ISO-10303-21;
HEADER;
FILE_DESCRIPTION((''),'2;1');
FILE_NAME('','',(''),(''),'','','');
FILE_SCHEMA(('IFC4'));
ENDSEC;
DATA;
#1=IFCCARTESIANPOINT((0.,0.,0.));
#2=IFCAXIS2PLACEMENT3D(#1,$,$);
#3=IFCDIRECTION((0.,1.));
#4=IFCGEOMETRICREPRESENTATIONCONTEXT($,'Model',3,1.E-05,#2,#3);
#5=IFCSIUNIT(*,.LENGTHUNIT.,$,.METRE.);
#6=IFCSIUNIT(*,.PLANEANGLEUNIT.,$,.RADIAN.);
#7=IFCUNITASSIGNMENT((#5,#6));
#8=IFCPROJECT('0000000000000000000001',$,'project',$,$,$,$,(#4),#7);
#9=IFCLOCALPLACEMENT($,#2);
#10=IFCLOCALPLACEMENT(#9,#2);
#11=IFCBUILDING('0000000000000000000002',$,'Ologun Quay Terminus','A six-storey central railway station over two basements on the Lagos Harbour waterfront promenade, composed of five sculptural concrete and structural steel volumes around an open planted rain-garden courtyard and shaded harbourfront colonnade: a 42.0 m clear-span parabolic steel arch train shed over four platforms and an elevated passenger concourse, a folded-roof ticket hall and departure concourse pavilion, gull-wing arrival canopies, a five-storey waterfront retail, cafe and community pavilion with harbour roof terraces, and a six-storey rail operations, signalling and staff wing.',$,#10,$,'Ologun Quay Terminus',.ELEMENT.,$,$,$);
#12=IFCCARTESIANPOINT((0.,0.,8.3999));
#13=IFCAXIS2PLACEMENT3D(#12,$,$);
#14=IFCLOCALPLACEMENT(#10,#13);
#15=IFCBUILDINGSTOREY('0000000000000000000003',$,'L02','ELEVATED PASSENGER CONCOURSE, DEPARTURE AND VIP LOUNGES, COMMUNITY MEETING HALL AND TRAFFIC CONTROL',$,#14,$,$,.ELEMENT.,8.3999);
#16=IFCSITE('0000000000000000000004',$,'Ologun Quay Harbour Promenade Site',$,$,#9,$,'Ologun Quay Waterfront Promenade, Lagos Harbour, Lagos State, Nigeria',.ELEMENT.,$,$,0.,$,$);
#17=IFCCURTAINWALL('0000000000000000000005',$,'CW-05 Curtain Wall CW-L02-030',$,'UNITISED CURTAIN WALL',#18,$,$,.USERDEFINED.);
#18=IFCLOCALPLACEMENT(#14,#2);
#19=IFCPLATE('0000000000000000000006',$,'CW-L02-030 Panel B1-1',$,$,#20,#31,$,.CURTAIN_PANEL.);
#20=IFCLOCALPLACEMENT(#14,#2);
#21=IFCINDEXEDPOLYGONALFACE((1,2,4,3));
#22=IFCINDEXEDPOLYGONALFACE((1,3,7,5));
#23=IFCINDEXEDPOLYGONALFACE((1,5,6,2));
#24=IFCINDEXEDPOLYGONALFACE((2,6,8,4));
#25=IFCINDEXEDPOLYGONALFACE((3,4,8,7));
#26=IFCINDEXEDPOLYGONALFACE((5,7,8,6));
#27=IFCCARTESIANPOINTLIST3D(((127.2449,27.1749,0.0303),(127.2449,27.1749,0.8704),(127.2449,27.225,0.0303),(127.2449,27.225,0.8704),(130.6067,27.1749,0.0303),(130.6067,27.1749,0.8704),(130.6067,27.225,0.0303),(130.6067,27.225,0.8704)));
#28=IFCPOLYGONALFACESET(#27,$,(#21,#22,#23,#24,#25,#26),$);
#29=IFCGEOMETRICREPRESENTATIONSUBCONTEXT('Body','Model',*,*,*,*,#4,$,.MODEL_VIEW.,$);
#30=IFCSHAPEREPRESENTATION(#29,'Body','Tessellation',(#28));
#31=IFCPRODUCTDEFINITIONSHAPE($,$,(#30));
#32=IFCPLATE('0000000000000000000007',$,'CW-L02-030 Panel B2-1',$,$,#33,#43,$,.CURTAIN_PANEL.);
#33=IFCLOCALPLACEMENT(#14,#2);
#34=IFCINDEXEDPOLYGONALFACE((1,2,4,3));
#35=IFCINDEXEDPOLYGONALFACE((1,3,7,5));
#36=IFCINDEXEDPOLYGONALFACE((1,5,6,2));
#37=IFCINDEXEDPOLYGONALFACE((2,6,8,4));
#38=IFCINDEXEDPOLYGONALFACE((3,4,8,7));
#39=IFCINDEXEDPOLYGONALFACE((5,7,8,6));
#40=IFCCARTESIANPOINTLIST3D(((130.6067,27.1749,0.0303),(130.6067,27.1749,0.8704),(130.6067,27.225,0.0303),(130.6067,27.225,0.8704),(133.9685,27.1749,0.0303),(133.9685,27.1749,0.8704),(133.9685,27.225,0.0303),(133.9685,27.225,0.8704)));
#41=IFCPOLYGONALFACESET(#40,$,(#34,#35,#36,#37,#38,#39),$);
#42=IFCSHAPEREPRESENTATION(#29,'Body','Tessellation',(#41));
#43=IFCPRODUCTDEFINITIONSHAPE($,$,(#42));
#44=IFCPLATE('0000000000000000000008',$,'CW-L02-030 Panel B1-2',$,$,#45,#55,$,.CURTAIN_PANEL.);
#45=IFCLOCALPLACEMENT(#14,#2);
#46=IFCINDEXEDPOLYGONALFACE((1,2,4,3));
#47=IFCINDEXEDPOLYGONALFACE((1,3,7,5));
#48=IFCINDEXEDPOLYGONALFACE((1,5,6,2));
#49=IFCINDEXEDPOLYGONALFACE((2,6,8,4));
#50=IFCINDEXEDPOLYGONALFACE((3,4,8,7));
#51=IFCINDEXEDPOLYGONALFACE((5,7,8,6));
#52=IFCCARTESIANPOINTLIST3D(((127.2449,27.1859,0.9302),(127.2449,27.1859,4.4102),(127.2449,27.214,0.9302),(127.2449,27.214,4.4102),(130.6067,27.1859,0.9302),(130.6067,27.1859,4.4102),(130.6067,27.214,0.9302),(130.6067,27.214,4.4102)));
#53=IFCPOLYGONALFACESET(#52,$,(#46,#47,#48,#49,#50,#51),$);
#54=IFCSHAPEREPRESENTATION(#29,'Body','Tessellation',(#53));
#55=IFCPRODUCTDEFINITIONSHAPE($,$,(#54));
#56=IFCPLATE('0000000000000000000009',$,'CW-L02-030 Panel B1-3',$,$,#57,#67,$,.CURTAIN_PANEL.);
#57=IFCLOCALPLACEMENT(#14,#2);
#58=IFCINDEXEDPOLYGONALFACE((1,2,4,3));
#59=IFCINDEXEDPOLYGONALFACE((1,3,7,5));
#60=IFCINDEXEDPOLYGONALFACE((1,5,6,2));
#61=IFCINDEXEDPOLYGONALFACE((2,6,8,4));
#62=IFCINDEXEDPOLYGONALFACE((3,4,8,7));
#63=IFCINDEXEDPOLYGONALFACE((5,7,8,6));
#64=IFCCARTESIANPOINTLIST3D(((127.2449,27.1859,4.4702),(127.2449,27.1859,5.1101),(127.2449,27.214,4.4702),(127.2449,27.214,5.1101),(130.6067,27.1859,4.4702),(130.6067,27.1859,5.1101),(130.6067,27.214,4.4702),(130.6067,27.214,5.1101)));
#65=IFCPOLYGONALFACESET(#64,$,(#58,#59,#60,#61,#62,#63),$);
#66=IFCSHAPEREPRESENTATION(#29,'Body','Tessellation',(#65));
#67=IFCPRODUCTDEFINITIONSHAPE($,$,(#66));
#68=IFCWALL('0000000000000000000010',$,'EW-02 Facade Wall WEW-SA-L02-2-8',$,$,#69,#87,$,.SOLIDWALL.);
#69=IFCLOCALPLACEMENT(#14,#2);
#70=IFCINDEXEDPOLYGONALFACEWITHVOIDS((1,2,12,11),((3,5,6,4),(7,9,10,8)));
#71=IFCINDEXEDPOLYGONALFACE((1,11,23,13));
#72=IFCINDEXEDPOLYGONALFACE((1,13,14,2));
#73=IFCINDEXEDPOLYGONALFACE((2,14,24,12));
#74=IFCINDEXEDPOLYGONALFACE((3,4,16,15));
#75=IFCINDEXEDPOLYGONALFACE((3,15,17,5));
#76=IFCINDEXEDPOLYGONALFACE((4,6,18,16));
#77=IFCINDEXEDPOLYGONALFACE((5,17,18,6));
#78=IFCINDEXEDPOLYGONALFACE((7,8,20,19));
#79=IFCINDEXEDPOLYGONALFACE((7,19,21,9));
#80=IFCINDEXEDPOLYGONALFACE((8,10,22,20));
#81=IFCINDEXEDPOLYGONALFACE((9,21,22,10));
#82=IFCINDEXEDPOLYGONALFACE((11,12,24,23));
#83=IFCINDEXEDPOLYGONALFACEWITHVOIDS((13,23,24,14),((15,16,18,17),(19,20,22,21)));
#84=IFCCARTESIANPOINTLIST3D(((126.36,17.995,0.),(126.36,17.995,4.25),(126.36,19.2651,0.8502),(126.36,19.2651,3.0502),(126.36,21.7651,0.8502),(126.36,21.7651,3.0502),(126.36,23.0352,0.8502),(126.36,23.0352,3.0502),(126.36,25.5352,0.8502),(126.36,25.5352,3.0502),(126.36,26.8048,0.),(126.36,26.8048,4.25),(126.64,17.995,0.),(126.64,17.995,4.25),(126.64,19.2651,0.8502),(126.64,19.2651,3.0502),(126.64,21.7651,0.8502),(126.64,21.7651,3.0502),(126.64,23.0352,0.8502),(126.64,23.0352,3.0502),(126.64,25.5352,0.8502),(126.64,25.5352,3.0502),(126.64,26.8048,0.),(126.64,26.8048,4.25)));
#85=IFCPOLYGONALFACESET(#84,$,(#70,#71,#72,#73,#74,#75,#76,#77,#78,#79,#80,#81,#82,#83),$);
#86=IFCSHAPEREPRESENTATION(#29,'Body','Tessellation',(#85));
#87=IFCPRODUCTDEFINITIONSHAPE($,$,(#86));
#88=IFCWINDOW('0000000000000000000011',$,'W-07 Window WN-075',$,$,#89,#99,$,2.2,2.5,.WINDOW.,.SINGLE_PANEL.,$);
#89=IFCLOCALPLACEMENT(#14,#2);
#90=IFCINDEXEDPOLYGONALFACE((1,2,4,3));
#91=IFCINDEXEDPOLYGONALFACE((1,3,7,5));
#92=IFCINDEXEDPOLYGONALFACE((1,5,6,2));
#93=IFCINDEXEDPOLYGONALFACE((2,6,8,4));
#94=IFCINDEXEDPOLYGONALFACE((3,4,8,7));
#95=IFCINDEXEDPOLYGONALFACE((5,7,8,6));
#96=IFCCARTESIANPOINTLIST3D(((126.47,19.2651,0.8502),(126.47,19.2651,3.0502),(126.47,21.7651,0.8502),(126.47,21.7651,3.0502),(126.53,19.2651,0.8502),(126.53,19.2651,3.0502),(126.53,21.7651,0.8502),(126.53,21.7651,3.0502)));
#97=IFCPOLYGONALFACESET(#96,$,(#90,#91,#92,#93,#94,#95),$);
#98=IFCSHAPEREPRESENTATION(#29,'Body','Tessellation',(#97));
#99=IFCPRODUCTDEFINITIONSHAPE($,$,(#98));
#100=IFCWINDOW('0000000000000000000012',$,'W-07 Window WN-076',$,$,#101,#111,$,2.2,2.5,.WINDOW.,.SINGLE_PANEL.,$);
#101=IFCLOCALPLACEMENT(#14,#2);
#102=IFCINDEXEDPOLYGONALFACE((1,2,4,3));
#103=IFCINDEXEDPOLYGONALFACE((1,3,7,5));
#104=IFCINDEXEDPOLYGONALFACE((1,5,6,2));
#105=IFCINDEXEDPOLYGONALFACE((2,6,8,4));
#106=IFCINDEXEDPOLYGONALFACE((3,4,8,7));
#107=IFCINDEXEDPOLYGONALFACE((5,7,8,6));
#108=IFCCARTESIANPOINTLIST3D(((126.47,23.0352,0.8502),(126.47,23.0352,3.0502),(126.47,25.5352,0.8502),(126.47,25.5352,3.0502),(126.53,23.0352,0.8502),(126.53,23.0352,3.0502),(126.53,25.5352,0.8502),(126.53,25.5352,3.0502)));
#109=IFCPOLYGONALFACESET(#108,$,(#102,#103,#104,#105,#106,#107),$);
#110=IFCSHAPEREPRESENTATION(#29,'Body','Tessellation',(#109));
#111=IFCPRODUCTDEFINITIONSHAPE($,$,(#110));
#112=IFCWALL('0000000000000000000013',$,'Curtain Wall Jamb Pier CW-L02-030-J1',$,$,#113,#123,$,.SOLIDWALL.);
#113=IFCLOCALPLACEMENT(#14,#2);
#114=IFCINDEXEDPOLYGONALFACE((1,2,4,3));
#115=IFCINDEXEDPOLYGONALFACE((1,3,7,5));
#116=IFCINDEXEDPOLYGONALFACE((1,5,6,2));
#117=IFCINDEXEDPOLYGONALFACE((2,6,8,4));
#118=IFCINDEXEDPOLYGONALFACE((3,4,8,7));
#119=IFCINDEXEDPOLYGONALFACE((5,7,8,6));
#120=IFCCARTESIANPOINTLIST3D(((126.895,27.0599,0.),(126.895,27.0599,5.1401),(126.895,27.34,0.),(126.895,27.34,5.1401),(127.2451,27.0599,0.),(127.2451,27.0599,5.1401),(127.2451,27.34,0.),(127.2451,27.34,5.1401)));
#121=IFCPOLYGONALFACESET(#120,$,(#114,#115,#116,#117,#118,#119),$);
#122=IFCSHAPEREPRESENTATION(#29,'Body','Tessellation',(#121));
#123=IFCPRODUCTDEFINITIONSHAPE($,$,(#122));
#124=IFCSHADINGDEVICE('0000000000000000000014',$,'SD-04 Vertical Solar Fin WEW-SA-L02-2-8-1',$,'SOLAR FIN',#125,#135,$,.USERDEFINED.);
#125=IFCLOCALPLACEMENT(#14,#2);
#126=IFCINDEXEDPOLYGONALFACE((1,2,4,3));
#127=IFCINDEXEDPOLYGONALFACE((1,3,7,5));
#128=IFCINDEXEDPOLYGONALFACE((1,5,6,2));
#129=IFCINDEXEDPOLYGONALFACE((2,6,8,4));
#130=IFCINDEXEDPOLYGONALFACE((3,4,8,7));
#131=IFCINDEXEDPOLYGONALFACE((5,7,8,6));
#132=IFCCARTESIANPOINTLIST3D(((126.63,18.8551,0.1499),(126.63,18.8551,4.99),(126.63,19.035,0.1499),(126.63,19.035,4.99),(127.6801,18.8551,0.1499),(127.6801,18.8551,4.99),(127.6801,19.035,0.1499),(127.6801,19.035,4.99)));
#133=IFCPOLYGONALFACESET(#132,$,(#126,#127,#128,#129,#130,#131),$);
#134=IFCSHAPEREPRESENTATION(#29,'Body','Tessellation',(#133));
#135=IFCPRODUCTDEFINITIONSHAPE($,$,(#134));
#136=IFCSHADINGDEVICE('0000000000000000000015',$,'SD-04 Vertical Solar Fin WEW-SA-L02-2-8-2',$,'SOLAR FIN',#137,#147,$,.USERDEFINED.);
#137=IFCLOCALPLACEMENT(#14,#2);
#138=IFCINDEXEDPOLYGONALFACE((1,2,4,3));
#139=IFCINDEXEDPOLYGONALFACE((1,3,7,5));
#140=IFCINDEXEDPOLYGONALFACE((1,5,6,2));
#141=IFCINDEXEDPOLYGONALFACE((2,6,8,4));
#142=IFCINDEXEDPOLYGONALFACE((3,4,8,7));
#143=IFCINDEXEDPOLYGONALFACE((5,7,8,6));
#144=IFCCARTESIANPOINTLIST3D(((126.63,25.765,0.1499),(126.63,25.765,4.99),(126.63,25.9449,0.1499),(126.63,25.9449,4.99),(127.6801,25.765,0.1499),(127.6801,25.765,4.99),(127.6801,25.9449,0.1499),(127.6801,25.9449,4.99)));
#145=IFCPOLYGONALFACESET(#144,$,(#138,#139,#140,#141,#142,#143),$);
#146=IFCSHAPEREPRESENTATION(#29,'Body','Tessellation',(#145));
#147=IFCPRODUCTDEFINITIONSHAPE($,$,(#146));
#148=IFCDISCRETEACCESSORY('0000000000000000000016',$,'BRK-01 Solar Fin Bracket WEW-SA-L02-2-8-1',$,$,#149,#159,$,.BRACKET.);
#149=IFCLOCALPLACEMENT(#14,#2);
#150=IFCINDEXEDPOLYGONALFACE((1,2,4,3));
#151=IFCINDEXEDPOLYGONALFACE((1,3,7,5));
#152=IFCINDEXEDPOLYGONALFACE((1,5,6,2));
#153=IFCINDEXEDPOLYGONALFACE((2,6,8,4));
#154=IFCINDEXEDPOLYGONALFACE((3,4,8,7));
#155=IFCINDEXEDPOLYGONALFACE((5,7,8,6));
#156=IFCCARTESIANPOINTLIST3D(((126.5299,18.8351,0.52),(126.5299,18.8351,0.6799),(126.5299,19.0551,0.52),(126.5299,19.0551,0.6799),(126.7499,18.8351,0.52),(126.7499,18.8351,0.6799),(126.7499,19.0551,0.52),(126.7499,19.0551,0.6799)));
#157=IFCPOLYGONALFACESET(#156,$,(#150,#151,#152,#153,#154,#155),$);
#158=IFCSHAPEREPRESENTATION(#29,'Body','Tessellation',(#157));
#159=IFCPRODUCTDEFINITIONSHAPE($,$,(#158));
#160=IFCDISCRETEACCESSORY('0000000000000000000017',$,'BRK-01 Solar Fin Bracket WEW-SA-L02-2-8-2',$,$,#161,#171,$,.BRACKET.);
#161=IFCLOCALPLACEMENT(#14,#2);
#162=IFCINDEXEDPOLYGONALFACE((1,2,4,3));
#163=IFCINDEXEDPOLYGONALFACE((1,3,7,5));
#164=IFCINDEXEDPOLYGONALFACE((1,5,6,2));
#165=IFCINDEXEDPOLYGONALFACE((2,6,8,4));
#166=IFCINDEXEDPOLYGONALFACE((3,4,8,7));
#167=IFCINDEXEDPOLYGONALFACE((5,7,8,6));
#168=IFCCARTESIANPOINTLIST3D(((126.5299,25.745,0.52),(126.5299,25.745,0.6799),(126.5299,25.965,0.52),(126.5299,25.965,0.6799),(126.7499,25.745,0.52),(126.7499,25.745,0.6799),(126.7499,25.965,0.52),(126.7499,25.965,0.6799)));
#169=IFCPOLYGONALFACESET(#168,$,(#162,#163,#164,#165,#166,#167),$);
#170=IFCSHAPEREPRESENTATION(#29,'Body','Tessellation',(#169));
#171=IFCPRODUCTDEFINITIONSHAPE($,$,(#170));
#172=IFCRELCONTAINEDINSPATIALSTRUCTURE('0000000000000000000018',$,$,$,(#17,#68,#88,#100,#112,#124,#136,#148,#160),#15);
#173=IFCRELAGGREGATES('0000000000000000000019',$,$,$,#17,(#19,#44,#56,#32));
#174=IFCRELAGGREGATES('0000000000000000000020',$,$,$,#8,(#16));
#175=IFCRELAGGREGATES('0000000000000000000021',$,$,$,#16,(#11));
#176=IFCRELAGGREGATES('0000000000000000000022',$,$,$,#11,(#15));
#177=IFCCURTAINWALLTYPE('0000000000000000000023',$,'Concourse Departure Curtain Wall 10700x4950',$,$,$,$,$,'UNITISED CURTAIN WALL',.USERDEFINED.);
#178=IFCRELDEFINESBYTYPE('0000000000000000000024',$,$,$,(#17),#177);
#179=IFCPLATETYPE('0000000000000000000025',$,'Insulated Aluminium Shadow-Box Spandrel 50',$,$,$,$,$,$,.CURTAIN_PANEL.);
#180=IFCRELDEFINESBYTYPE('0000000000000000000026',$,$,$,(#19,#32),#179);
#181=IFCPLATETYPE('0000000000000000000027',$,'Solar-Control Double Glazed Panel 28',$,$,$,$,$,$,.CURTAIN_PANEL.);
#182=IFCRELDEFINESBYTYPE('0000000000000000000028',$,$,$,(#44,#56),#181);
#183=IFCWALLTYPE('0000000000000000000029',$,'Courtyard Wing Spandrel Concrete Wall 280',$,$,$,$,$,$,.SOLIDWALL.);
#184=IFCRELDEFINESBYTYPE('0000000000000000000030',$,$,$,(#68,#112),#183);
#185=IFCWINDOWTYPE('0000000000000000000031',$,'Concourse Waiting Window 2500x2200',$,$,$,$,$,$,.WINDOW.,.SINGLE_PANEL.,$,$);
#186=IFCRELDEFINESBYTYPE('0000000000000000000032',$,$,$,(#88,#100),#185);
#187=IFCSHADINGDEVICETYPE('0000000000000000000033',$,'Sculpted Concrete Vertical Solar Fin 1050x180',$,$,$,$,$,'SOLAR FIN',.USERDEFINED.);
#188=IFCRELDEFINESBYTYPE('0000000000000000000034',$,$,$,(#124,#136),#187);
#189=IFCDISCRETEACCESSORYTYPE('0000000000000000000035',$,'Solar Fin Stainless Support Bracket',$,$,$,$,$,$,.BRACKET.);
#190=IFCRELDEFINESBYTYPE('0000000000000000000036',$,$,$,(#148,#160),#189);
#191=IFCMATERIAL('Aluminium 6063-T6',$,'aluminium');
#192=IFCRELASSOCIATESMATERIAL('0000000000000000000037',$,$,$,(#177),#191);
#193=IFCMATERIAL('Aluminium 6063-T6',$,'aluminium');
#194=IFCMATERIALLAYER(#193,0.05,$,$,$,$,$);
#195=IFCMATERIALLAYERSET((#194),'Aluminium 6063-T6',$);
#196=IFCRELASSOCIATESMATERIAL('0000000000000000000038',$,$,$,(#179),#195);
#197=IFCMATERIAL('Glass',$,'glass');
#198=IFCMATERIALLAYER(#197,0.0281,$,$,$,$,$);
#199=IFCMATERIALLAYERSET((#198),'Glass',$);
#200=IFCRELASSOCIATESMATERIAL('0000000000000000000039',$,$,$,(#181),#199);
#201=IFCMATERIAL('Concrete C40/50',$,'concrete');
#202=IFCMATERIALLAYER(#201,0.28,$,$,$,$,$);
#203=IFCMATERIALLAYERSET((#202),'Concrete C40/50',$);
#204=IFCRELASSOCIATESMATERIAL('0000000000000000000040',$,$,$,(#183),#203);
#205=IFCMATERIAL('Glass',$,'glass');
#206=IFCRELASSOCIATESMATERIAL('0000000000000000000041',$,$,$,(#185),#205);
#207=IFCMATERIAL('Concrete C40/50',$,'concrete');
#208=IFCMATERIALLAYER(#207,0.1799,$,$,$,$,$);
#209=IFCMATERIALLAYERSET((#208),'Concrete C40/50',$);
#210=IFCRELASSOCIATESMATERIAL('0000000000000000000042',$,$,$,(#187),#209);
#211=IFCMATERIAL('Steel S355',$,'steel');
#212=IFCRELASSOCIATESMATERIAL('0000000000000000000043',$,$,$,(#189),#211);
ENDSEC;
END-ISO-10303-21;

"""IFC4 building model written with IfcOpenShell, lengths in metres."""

from ifc_helpers import new_model, si_unit, direction, frame, frame_2d, origin, origin_2d, place, context, subcontext, project, spatial, rectangle, extrude, material, layer, layer_set, type_object, element, fill, aggregate, save


model = new_model("IFC4")

# Units and contexts
model_context = context("Model", 3, precision=1e-05, world=origin(), true_north=direction((0.0, 1.0)))
body_context = subcontext(model_context, "Body", "Model", "MODEL_VIEW")
ifc_project = project(units=[si_unit("LENGTHUNIT", "METRE"), si_unit("PLANEANGLEUNIT", "RADIAN")], contexts=[model_context])

# Site, building, storey
site_placement = place(None, origin())
site = spatial("IfcSite", under=ifc_project, at=site_placement, Name="Ologun Quay Harbour Promenade Site", LongName="Ologun Quay Waterfront Promenade, Lagos Harbour, Lagos State, Nigeria", CompositionType="ELEMENT", RefElevation=0.0)
building_placement = place(site_placement, origin())
building = spatial("IfcBuilding", under=site, at=building_placement, Name="Ologun Quay Terminus", Description="A six-storey central railway station over two basements on the Lagos Harbour waterfront promenade, composed of five sculptural concrete and structural steel volumes around an open planted rain-garden courtyard and shaded harbourfront colonnade: a 42.0 m clear-span parabolic steel arch train shed over four platforms and an elevated passenger concourse, a folded-roof ticket hall and departure concourse pavilion, gull-wing arrival canopies, a five-storey waterfront retail, cafe and community pavilion with harbour roof terraces, and a six-storey rail operations, signalling and staff wing.", LongName="Ologun Quay Terminus", CompositionType="ELEMENT")
storey_placement = place(building_placement, frame((0.0, 0.0, 8.3999)))
storey = spatial("IfcBuildingStorey", under=building, at=storey_placement, Name="L02", Description="ELEVATED PASSENGER CONCOURSE, DEPARTURE AND VIP LOUNGES, COMMUNITY MEETING HALL AND TRAFFIC CONTROL", CompositionType="ELEMENT", Elevation=8.3999)

# Curtain wall
ifc_material_1 = material(Name="Aluminium 6063-T6", Category="aluminium")
curtain_wall_type = type_object("IfcCurtainWallType", Name="Concourse Departure Curtain Wall 10700x4950", ElementType="UNITISED CURTAIN WALL", PredefinedType="USERDEFINED", material=ifc_material_1)
curtain_wall_placement = place(storey_placement, origin())
curtain_wall = element("IfcCurtainWall", 1, at=curtain_wall_placement, inside=storey, type_object=curtain_wall_type, Name="CW-05 Curtain Wall CW-L02-030", ObjectType="UNITISED CURTAIN WALL", PredefinedType="USERDEFINED")

# Plates
ifc_material_2 = material(Name="Aluminium 6063-T6", Category="aluminium")
ifc_layer_1 = layer(ifc_material_2, 0.05)
ifc_layer_set_1 = layer_set([ifc_layer_1], Name="Aluminium 6063-T6")
plate_type_1 = type_object("IfcPlateType", Name="Insulated Aluminium Shadow-Box Spandrel 50", PredefinedType="CURTAIN_PANEL", material=ifc_layer_set_1)
plate_1_placement = place(storey_placement, frame((128.9258, 27.2, 0.0303), z_axis=(0.0, 0.0, 1.0), x_axis=(1.0, 0.0, 0.0)))
plate_1 = element("IfcPlate", 2, at=plate_1_placement, type_object=plate_type_1, Name="CW-L02-030 Panel B1-1", PredefinedType="CURTAIN_PANEL", context=body_context, shape_type="SweptSolid", body=[
    extrude(rectangle(XDim=3.3618, YDim=0.05, at=origin_2d()), origin(), (0.0, 0.0, 1.0), 0.8401),
])
plate_2_placement = place(storey_placement, frame((132.2876, 27.2, 0.0303), z_axis=(0.0, 0.0, 1.0), x_axis=(1.0, 0.0, 0.0)))
plate_2 = element("IfcPlate", 3, at=plate_2_placement, type_object=plate_type_1, Name="CW-L02-030 Panel B2-1", PredefinedType="CURTAIN_PANEL", context=body_context, shape_type="SweptSolid", body=[
    extrude(rectangle(XDim=3.3618, YDim=0.05, at=origin_2d()), origin(), (0.0, 0.0, 1.0), 0.8401),
])
ifc_material_3 = material(Name="Glass", Category="glass")
ifc_layer_2 = layer(ifc_material_3, 0.0281)
ifc_layer_set_2 = layer_set([ifc_layer_2], Name="Glass")
plate_type_2 = type_object("IfcPlateType", Name="Solar-Control Double Glazed Panel 28", PredefinedType="CURTAIN_PANEL", material=ifc_layer_set_2)
plate_3_placement = place(storey_placement, frame((128.9258, 27.2, 0.9302), z_axis=(0.0, 0.0, 1.0), x_axis=(1.0, 0.0, 0.0)))
plate_3 = element("IfcPlate", 4, at=plate_3_placement, type_object=plate_type_2, Name="CW-L02-030 Panel B1-2", PredefinedType="CURTAIN_PANEL", context=body_context, shape_type="SweptSolid", body=[
    extrude(rectangle(XDim=3.3618, YDim=0.0281, at=origin_2d()), origin(), (0.0, 0.0, 1.0), 3.48),
])
plate_4_placement = place(storey_placement, frame((128.9258, 27.2, 4.4702), z_axis=(0.0, 0.0, 1.0), x_axis=(1.0, 0.0, 0.0)))
plate_4 = element("IfcPlate", 5, at=plate_4_placement, type_object=plate_type_2, Name="CW-L02-030 Panel B1-3", PredefinedType="CURTAIN_PANEL", context=body_context, shape_type="SweptSolid", body=[
    extrude(rectangle(XDim=3.3618, YDim=0.0281, at=origin_2d()), origin(), (0.0, 0.0, 1.0), 0.6399),
])
aggregate(curtain_wall, [plate_1, plate_3, plate_4, plate_2])

# Wall, openings, windows
ifc_material_4 = material(Name="Concrete C40/50", Category="concrete")
ifc_layer_3 = layer(ifc_material_4, 0.28)
ifc_layer_set_3 = layer_set([ifc_layer_3], Name="Concrete C40/50")
wall_type = type_object("IfcWallType", Name="Courtyard Wing Spandrel Concrete Wall 280", PredefinedType="SOLIDWALL", material=ifc_layer_set_3)
wall_1_placement = place(storey_placement, frame((126.5, 17.9951, 0.0), z_axis=(0.0, 0.0, 1.0), x_axis=(0.0, 1.0, 0.0)))
wall_1 = element("IfcWall", 6, at=wall_1_placement, inside=storey, type_object=wall_type, Name="EW-02 Facade Wall WEW-SA-L02-2-8", PredefinedType="SOLIDWALL", context=body_context, shape_type="SweptSolid", body=[
    extrude(rectangle(XDim=8.8098, YDim=0.28, at=frame_2d((4.4048, 0.0))), origin(), (0.0, 0.0, 1.0), 4.25),
])
opening_1_placement = place(wall_1_placement, frame((1.27, 0.0, 0.8501)))
opening_1 = element("IfcOpeningElement", 7, at=opening_1_placement, cuts=wall_1, PredefinedType="OPENING", context=body_context, shape_type="SweptSolid", body=[
    extrude(rectangle(XDim=2.5, YDim=2.2, at=frame_2d((1.25, 1.1001))), frame((0.0, 0.1499, 0.0), z_axis=(0.0, -1.0, 0.0), x_axis=(1.0, 0.0, 0.0)), (0.0, 0.0, 1.0), 0.3),
])
opening_2_placement = place(wall_1_placement, frame((5.04, 0.0, 0.8501)))
opening_2 = element("IfcOpeningElement", 8, at=opening_2_placement, cuts=wall_1, PredefinedType="OPENING", context=body_context, shape_type="SweptSolid", body=[
    extrude(rectangle(XDim=2.5, YDim=2.2, at=frame_2d((1.25, 1.1001))), frame((0.0, 0.1499, 0.0), z_axis=(0.0, -1.0, 0.0), x_axis=(1.0, 0.0, 0.0)), (0.0, 0.0, 1.0), 0.3),
])
ifc_material_5 = material(Name="Glass", Category="glass")
window_type = type_object("IfcWindowType", Name="Concourse Waiting Window 2500x2200", PartitioningType="SINGLE_PANEL", PredefinedType="WINDOW", material=ifc_material_5)
window_1_placement = place(opening_1_placement, origin())
window_1 = element("IfcWindow", 9, at=window_1_placement, inside=storey, type_object=window_type, Name="W-07 Window WN-075", OverallHeight=2.2, OverallWidth=2.5, PartitioningType="SINGLE_PANEL", PredefinedType="WINDOW", context=body_context, shape_type="SweptSolid", body=[
    extrude(rectangle(XDim=2.5, YDim=2.2, at=frame_2d((1.25, 1.1001))), frame((0.0, 0.03, 0.0), z_axis=(0.0, -1.0, 0.0), x_axis=(1.0, 0.0, 0.0)), (0.0, 0.0, 1.0), 0.0601),
])
fill(opening_1, window_1)
window_2_placement = place(opening_2_placement, origin())
window_2 = element("IfcWindow", 10, at=window_2_placement, inside=storey, type_object=window_type, Name="W-07 Window WN-076", OverallHeight=2.2, OverallWidth=2.5, PartitioningType="SINGLE_PANEL", PredefinedType="WINDOW", context=body_context, shape_type="SweptSolid", body=[
    extrude(rectangle(XDim=2.5, YDim=2.2, at=frame_2d((1.25, 1.1001))), frame((0.0, 0.03, 0.0), z_axis=(0.0, -1.0, 0.0), x_axis=(1.0, 0.0, 0.0)), (0.0, 0.0, 1.0), 0.0601),
])
fill(opening_2, window_2)

# Wall
wall_2_placement = place(storey_placement, frame((126.895, 27.2, 0.0), z_axis=(0.0, 0.0, 1.0), x_axis=(1.0, 0.0, 0.0)))
element("IfcWall", 11, at=wall_2_placement, inside=storey, type_object=wall_type, Name="Curtain Wall Jamb Pier CW-L02-030-J1", PredefinedType="SOLIDWALL", context=body_context, shape_type="SweptSolid", body=[
    extrude(rectangle(XDim=0.3501, YDim=0.28, at=frame_2d((0.175, 0.0))), origin(), (0.0, 0.0, 1.0), 5.1401),
])

# Shading devices
ifc_material_6 = material(Name="Concrete C40/50", Category="concrete")
ifc_layer_4 = layer(ifc_material_6, 0.1799)
ifc_layer_set_4 = layer_set([ifc_layer_4], Name="Concrete C40/50")
shading_device_type = type_object("IfcShadingDeviceType", Name="Sculpted Concrete Vertical Solar Fin 1050x180", ElementType="SOLAR FIN", PredefinedType="USERDEFINED", material=ifc_layer_set_4)
for number, where, z_axis, x_axis, name in (
    (12, (127.155, 18.9451, 0.1499), (0.0, 0.0, 1.0), (1.0, 0.0, 0.0), "SD-04 Vertical Solar Fin WEW-SA-L02-2-8-1"),
    (13, (127.155, 25.855, 0.1499), (0.0, 0.0, 1.0), (1.0, 0.0, 0.0), "SD-04 Vertical Solar Fin WEW-SA-L02-2-8-2"),
):
    element("IfcShadingDevice", number, at=place(storey_placement, frame(where, z_axis=z_axis, x_axis=x_axis)), inside=storey, type_object=shading_device_type, Name=name, ObjectType="SOLAR FIN", PredefinedType="USERDEFINED", context=body_context, shape_type="SweptSolid", body=[
        extrude(rectangle(XDim=1.05, YDim=0.1799, at=origin_2d()), origin(), (0.0, 0.0, 1.0), 4.8401),
    ])

# Discrete accessories
ifc_material_7 = material(Name="Steel S355", Category="steel")
discrete_accessory_type = type_object("IfcDiscreteAccessoryType", Name="Solar Fin Stainless Support Bracket", PredefinedType="BRACKET", material=ifc_material_7)
for number, where, z_axis, x_axis, name in (
    (14, (126.6399, 18.9451, 0.52), (0.0, 0.0, 1.0), (1.0, 0.0, 0.0), "BRK-01 Solar Fin Bracket WEW-SA-L02-2-8-1"),
    (15, (126.6399, 25.855, 0.52), (0.0, 0.0, 1.0), (1.0, 0.0, 0.0), "BRK-01 Solar Fin Bracket WEW-SA-L02-2-8-2"),
):
    element("IfcDiscreteAccessory", number, at=place(storey_placement, frame(where, z_axis=z_axis, x_axis=x_axis)), inside=storey, type_object=discrete_accessory_type, Name=name, PredefinedType="BRACKET", context=body_context, shape_type="SweptSolid", body=[
        extrude(rectangle(XDim=0.22, YDim=0.22, at=origin_2d()), origin(), (0.0, 0.0, 1.0), 0.1599),
    ])

save(model, "model.ifc")
